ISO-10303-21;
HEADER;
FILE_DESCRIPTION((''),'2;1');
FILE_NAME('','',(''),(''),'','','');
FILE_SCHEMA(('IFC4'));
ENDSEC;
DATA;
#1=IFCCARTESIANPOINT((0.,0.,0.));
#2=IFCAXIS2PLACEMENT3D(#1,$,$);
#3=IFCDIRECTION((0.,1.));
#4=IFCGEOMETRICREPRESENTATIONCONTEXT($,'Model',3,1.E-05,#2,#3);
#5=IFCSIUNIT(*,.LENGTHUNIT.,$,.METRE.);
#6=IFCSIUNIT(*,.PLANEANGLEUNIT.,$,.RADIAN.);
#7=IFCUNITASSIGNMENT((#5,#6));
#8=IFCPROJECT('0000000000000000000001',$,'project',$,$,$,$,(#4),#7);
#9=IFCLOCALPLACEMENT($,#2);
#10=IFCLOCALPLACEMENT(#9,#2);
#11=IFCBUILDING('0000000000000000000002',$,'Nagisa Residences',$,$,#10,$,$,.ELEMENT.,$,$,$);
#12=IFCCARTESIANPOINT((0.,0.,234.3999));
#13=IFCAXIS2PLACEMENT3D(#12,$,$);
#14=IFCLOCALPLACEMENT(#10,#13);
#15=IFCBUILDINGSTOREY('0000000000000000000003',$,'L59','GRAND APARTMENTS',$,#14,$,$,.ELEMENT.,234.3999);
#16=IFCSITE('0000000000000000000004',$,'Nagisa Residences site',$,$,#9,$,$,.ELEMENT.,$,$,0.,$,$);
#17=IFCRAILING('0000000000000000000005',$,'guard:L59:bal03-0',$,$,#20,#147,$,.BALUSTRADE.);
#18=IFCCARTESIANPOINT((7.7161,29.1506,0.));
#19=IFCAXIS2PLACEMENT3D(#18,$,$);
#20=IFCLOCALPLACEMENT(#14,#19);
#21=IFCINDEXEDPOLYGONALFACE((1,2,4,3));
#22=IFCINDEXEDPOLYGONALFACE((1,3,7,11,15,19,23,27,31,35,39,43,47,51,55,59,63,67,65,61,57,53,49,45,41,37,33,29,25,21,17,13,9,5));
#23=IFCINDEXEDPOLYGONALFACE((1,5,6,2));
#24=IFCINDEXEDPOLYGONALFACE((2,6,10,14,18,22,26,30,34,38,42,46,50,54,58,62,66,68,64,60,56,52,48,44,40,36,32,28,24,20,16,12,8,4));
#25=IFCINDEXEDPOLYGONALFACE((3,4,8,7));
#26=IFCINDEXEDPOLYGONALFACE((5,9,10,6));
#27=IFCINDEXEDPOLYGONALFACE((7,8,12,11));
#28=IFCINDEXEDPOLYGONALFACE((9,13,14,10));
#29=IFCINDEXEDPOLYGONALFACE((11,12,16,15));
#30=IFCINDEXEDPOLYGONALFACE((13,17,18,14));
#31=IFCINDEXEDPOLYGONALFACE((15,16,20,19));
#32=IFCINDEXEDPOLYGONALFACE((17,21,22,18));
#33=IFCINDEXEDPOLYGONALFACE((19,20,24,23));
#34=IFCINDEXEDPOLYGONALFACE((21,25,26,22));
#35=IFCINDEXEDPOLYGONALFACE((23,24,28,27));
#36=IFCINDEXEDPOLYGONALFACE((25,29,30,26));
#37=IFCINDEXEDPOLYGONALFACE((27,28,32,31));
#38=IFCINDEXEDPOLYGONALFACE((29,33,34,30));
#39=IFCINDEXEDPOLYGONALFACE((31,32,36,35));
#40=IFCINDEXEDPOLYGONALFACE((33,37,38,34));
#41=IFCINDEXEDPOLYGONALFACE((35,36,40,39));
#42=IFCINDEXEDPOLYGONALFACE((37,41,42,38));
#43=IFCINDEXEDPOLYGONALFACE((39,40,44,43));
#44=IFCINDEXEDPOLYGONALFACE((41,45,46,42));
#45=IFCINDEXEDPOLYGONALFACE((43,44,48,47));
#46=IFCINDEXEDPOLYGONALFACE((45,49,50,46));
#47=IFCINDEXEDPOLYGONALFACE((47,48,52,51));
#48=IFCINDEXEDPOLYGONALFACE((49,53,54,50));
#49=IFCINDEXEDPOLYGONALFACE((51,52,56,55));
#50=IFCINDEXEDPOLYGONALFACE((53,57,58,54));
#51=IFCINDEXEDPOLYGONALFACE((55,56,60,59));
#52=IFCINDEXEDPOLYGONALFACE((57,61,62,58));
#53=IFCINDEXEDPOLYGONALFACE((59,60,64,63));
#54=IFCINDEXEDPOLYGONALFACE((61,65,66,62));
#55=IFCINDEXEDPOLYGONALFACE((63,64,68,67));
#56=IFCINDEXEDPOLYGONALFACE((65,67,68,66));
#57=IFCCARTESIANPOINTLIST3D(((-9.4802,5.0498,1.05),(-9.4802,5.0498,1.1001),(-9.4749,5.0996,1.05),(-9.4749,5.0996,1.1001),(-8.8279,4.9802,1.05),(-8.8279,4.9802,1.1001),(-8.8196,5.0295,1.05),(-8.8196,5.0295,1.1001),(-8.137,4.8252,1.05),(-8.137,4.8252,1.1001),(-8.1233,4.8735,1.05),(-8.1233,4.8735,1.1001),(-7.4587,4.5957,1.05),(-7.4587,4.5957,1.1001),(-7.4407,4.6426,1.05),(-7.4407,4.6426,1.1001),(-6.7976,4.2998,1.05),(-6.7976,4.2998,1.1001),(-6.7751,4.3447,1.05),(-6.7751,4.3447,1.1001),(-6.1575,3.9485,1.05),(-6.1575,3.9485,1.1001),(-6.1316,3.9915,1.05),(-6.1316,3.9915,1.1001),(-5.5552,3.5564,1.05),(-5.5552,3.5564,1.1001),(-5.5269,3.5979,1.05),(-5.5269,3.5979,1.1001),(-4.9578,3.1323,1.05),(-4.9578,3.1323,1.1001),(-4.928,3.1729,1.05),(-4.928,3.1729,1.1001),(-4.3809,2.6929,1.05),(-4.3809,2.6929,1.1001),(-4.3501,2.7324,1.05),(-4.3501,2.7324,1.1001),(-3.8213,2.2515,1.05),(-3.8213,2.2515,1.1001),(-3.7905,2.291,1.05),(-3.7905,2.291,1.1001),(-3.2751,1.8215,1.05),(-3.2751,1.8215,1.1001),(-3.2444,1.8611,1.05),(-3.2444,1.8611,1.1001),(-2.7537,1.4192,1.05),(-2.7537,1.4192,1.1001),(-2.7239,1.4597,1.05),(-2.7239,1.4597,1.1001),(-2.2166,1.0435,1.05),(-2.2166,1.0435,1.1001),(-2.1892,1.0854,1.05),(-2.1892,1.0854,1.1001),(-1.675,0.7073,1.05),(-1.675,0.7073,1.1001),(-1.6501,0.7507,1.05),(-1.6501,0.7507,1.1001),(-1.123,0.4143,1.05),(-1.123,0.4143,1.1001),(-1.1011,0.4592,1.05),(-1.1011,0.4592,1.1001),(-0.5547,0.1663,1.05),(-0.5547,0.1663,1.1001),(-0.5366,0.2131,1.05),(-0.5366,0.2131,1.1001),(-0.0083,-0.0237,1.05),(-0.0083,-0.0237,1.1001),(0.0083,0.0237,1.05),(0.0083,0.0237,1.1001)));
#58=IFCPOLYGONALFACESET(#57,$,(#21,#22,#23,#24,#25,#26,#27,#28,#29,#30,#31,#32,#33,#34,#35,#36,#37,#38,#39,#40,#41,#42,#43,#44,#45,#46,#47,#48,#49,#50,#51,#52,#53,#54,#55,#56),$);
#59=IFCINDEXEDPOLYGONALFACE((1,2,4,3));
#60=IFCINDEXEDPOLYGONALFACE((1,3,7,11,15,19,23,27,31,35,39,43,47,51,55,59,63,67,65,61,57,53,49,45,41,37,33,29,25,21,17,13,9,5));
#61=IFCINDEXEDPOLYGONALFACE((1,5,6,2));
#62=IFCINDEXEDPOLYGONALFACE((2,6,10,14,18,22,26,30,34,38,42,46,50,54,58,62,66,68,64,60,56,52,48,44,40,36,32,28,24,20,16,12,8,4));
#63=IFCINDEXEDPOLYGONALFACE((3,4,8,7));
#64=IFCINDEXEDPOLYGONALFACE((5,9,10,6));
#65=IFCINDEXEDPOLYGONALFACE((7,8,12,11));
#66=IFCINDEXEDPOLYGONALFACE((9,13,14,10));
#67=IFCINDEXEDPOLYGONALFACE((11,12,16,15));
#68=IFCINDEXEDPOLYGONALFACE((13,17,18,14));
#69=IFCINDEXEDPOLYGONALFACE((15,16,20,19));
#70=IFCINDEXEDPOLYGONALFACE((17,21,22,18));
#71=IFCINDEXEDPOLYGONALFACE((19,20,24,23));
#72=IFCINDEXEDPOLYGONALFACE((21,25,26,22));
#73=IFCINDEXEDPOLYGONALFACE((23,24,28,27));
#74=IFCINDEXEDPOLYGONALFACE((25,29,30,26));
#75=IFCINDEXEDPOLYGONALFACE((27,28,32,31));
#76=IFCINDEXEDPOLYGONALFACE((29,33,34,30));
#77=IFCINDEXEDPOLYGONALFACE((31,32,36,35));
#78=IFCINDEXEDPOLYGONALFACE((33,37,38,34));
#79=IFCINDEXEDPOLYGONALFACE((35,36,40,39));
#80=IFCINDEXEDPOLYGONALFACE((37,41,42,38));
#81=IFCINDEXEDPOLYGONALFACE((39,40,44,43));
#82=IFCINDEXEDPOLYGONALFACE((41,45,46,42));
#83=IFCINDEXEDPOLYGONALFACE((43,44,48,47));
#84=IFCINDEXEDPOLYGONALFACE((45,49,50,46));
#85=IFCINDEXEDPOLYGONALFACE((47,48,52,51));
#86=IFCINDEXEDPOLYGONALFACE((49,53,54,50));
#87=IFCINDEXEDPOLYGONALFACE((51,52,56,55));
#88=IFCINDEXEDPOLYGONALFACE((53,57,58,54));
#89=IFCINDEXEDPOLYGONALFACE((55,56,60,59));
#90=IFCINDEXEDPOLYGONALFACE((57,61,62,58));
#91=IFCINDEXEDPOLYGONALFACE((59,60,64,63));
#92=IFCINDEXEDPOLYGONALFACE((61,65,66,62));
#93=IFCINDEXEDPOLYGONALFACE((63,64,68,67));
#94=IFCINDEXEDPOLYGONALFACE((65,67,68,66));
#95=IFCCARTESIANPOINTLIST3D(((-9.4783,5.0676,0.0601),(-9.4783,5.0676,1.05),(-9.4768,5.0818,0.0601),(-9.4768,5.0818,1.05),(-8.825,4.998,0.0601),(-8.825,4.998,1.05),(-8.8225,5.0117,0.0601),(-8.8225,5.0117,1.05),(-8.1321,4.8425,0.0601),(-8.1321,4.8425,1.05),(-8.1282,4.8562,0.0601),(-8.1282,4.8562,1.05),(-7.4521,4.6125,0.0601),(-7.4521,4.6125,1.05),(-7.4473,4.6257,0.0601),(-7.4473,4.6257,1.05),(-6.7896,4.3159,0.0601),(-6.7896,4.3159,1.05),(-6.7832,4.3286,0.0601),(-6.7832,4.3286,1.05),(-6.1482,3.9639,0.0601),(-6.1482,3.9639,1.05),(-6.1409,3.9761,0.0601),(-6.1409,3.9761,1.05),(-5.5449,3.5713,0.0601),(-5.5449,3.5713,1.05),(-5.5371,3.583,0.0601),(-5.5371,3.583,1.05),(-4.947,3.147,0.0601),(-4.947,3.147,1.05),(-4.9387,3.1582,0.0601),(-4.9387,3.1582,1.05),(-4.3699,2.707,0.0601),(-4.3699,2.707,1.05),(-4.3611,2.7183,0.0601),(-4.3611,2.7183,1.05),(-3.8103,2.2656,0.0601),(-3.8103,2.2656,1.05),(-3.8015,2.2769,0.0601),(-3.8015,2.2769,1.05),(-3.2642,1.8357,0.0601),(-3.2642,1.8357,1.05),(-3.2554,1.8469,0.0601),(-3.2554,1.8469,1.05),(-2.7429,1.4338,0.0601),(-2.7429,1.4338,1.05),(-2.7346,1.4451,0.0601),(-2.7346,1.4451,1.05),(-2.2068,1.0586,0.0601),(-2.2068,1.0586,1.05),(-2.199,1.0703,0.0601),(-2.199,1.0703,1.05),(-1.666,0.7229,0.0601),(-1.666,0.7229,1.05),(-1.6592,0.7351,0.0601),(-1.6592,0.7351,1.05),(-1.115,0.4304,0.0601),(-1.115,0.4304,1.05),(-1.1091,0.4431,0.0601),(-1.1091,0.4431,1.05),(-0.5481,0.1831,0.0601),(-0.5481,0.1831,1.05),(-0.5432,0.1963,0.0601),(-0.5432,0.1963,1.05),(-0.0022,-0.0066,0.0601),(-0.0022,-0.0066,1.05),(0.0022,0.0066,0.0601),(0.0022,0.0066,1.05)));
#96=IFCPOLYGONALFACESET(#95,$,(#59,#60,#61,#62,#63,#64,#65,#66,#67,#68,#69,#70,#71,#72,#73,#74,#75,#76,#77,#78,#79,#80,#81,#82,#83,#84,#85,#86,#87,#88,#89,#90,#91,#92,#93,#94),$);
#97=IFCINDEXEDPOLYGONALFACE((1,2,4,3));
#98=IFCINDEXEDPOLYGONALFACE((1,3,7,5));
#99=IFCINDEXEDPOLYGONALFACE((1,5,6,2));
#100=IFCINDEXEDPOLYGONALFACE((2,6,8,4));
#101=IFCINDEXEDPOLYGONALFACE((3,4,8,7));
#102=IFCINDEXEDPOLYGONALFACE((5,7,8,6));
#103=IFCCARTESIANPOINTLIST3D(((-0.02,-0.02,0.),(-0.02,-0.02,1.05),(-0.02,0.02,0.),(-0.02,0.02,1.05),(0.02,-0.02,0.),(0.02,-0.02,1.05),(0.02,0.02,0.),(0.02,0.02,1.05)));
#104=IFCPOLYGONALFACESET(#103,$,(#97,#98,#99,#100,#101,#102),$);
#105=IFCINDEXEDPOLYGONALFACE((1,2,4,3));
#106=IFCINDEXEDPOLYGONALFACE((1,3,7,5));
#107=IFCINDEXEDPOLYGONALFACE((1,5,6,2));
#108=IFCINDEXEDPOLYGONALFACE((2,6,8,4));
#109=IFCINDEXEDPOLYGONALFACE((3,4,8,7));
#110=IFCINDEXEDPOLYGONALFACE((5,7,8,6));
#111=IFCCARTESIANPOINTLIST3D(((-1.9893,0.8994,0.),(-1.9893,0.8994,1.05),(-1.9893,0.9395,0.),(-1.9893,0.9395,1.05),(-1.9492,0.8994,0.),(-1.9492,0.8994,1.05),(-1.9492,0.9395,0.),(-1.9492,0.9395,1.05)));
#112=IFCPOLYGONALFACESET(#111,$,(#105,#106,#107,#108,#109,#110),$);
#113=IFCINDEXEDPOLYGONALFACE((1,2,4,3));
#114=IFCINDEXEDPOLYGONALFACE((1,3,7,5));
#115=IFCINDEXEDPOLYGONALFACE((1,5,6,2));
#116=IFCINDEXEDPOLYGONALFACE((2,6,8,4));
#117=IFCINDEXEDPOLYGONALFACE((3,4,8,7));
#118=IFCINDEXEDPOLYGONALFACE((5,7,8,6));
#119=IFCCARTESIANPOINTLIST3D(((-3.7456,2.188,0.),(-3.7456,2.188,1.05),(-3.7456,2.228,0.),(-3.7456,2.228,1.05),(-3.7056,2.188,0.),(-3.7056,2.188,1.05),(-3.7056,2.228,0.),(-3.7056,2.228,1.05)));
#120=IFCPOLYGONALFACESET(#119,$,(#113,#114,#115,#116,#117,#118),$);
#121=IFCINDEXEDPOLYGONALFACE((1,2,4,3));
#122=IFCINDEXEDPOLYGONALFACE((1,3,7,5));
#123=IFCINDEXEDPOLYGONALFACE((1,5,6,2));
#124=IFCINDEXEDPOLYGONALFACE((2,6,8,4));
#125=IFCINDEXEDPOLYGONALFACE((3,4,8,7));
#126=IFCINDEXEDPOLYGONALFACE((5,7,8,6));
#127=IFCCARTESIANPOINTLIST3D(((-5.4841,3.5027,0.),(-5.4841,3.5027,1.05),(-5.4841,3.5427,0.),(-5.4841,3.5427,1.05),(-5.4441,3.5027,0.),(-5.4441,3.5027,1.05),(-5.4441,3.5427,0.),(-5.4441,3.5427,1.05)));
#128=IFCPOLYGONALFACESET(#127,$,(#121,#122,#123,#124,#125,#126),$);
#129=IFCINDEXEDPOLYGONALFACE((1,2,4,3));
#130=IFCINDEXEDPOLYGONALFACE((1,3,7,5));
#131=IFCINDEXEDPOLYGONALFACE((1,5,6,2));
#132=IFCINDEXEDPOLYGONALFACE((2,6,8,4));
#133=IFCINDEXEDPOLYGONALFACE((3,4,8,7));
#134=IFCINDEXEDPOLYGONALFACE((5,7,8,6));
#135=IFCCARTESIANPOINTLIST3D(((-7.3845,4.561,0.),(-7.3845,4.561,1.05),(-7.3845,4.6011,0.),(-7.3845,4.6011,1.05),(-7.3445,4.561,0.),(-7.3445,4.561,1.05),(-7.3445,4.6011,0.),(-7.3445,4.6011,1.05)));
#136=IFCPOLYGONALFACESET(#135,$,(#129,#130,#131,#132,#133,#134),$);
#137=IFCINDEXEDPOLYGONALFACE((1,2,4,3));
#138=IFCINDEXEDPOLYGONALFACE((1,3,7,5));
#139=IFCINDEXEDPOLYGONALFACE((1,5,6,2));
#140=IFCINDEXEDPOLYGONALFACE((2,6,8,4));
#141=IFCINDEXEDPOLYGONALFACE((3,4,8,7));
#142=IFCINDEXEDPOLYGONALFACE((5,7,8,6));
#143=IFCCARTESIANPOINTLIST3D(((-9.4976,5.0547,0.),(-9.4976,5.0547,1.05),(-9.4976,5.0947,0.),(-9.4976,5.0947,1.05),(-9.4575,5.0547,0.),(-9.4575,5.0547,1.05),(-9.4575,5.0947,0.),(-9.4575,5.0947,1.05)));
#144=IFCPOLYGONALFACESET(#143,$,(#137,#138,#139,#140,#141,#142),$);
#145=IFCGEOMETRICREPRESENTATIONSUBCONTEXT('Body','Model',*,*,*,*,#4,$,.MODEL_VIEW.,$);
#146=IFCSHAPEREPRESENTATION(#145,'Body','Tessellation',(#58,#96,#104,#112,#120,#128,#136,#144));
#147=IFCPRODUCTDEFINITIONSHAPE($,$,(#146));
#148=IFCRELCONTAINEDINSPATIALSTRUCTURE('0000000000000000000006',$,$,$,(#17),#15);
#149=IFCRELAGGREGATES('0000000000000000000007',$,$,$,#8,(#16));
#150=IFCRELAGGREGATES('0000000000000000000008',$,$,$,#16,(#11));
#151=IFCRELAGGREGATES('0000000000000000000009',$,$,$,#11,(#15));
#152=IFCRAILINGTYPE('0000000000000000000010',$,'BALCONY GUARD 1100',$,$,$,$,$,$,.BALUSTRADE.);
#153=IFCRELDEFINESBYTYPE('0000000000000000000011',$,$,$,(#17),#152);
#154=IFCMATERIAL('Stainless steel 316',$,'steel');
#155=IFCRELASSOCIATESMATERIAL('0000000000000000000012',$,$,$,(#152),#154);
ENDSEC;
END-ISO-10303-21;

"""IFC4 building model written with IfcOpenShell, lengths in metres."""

from ifc_helpers import new_model, si_unit, direction, frame, origin, origin_2d, place, context, subcontext, project, spatial, polyline, rectangle, outline, extrude, material, type_object, element, save


model = new_model("IFC4")

# Units and contexts
model_context = context("Model", 3, precision=1e-05, world=origin(), true_north=direction((0.0, 1.0)))
body_context = subcontext(model_context, "Body", "Model", "MODEL_VIEW")
ifc_project = project(units=[si_unit("LENGTHUNIT", "METRE"), si_unit("PLANEANGLEUNIT", "RADIAN")], contexts=[model_context])

# Site, building, storey
site_placement = place(None, origin())
site = spatial("IfcSite", under=ifc_project, at=site_placement, Name="Nagisa Residences site", CompositionType="ELEMENT", RefElevation=0.0)
building_placement = place(site_placement, origin())
building = spatial("IfcBuilding", under=site, at=building_placement, Name="Nagisa Residences", CompositionType="ELEMENT")
storey_placement = place(building_placement, frame((0.0, 0.0, 234.3999)))
storey = spatial("IfcBuildingStorey", under=building, at=storey_placement, Name="L59", Description="GRAND APARTMENTS", CompositionType="ELEMENT", Elevation=234.3999)

# Railing
ifc_material_1 = material(Name="Stainless steel 316", Category="steel")
railing_type = type_object("IfcRailingType", Name="BALCONY GUARD 1100", PredefinedType="BALUSTRADE", material=ifc_material_1)
railing_placement = place(storey_placement, frame((7.7161, 29.1506, 0.0)))
element("IfcRailing", 1, at=railing_placement, inside=storey, type_object=railing_type, Name="guard:L59:bal03-0", PredefinedType="BALUSTRADE", context=body_context, shape_type="SweptSolid", body=[
    extrude(outline(polyline([(-0.5547, 0.1663), (-0.0083, -0.0237), (0.0083, 0.0237), (-0.5366, 0.2131), (-1.1011, 0.4592), (-1.6501, 0.7507), (-2.1892, 1.0854), (-2.7239, 1.4597), (-3.2444, 1.8611), (-3.7905, 2.291), (-4.3501, 2.7324), (-4.928, 3.1729), (-5.5269, 3.5979), (-6.1316, 3.9915), (-6.7751, 4.3447), (-7.4407, 4.6426), (-8.1233, 4.8735), (-8.8196, 5.0295), (-9.4749, 5.0996), (-9.4802, 5.0498), (-8.8279, 4.9802), (-8.137, 4.8252), (-7.4587, 4.5957), (-6.7976, 4.2998), (-6.1575, 3.9485), (-5.5552, 3.5564), (-4.9578, 3.1323), (-4.3809, 2.6929), (-3.8213, 2.2515), (-3.2751, 1.8215), (-2.7537, 1.4192), (-2.2166, 1.0435), (-1.675, 0.7073), (-1.123, 0.4143), (-0.5547, 0.1663)])), frame((0.0, 0.0, 1.05)), (0.0, 0.0, 1.0), 0.05),
    extrude(outline(polyline([(-0.5481, 0.1831), (-0.0022, -0.0066), (0.0022, 0.0066), (-0.5432, 0.1963), (-1.1091, 0.4431), (-1.6592, 0.7351), (-2.199, 1.0703), (-2.7346, 1.4451), (-3.2554, 1.8469), (-3.8015, 2.2769), (-4.3611, 2.7183), (-4.9387, 3.1582), (-5.5371, 3.583), (-6.1409, 3.9761), (-6.7832, 4.3286), (-7.4473, 4.6257), (-8.1282, 4.8562), (-8.8225, 5.0117), (-9.4768, 5.0818), (-9.4783, 5.0676), (-8.825, 4.998), (-8.1321, 4.8425), (-7.4521, 4.6125), (-6.7896, 4.3159), (-6.1482, 3.9639), (-5.5449, 3.5713), (-4.947, 3.147), (-4.3699, 2.707), (-3.8103, 2.2656), (-3.2642, 1.8357), (-2.7429, 1.4338), (-2.2068, 1.0586), (-1.666, 0.7229), (-1.115, 0.4304), (-0.5481, 0.1831)])), frame((0.0, 0.0, 0.0601)), (0.0, 0.0, 1.0), 0.99),
    extrude(rectangle(XDim=0.04, YDim=0.04, at=origin_2d()), origin(), (0.0, 0.0, 1.0), 1.05),
    extrude(rectangle(XDim=0.04, YDim=0.04, at=origin_2d()), frame((-1.9692, 0.9194, 0.0)), (0.0, 0.0, 1.0), 1.05),
    extrude(rectangle(XDim=0.04, YDim=0.04, at=origin_2d()), frame((-3.7256, 2.208, 0.0)), (0.0, 0.0, 1.0), 1.05),
    extrude(rectangle(XDim=0.04, YDim=0.04, at=origin_2d()), frame((-5.4641, 3.5227, 0.0)), (0.0, 0.0, 1.0), 1.05),
    extrude(rectangle(XDim=0.04, YDim=0.04, at=origin_2d()), frame((-7.3645, 4.5811, 0.0)), (0.0, 0.0, 1.0), 1.05),
    extrude(rectangle(XDim=0.04, YDim=0.04, at=origin_2d()), frame((-9.4775, 5.0747, 0.0)), (0.0, 0.0, 1.0), 1.05),
])

save(model, "model.ifc")
